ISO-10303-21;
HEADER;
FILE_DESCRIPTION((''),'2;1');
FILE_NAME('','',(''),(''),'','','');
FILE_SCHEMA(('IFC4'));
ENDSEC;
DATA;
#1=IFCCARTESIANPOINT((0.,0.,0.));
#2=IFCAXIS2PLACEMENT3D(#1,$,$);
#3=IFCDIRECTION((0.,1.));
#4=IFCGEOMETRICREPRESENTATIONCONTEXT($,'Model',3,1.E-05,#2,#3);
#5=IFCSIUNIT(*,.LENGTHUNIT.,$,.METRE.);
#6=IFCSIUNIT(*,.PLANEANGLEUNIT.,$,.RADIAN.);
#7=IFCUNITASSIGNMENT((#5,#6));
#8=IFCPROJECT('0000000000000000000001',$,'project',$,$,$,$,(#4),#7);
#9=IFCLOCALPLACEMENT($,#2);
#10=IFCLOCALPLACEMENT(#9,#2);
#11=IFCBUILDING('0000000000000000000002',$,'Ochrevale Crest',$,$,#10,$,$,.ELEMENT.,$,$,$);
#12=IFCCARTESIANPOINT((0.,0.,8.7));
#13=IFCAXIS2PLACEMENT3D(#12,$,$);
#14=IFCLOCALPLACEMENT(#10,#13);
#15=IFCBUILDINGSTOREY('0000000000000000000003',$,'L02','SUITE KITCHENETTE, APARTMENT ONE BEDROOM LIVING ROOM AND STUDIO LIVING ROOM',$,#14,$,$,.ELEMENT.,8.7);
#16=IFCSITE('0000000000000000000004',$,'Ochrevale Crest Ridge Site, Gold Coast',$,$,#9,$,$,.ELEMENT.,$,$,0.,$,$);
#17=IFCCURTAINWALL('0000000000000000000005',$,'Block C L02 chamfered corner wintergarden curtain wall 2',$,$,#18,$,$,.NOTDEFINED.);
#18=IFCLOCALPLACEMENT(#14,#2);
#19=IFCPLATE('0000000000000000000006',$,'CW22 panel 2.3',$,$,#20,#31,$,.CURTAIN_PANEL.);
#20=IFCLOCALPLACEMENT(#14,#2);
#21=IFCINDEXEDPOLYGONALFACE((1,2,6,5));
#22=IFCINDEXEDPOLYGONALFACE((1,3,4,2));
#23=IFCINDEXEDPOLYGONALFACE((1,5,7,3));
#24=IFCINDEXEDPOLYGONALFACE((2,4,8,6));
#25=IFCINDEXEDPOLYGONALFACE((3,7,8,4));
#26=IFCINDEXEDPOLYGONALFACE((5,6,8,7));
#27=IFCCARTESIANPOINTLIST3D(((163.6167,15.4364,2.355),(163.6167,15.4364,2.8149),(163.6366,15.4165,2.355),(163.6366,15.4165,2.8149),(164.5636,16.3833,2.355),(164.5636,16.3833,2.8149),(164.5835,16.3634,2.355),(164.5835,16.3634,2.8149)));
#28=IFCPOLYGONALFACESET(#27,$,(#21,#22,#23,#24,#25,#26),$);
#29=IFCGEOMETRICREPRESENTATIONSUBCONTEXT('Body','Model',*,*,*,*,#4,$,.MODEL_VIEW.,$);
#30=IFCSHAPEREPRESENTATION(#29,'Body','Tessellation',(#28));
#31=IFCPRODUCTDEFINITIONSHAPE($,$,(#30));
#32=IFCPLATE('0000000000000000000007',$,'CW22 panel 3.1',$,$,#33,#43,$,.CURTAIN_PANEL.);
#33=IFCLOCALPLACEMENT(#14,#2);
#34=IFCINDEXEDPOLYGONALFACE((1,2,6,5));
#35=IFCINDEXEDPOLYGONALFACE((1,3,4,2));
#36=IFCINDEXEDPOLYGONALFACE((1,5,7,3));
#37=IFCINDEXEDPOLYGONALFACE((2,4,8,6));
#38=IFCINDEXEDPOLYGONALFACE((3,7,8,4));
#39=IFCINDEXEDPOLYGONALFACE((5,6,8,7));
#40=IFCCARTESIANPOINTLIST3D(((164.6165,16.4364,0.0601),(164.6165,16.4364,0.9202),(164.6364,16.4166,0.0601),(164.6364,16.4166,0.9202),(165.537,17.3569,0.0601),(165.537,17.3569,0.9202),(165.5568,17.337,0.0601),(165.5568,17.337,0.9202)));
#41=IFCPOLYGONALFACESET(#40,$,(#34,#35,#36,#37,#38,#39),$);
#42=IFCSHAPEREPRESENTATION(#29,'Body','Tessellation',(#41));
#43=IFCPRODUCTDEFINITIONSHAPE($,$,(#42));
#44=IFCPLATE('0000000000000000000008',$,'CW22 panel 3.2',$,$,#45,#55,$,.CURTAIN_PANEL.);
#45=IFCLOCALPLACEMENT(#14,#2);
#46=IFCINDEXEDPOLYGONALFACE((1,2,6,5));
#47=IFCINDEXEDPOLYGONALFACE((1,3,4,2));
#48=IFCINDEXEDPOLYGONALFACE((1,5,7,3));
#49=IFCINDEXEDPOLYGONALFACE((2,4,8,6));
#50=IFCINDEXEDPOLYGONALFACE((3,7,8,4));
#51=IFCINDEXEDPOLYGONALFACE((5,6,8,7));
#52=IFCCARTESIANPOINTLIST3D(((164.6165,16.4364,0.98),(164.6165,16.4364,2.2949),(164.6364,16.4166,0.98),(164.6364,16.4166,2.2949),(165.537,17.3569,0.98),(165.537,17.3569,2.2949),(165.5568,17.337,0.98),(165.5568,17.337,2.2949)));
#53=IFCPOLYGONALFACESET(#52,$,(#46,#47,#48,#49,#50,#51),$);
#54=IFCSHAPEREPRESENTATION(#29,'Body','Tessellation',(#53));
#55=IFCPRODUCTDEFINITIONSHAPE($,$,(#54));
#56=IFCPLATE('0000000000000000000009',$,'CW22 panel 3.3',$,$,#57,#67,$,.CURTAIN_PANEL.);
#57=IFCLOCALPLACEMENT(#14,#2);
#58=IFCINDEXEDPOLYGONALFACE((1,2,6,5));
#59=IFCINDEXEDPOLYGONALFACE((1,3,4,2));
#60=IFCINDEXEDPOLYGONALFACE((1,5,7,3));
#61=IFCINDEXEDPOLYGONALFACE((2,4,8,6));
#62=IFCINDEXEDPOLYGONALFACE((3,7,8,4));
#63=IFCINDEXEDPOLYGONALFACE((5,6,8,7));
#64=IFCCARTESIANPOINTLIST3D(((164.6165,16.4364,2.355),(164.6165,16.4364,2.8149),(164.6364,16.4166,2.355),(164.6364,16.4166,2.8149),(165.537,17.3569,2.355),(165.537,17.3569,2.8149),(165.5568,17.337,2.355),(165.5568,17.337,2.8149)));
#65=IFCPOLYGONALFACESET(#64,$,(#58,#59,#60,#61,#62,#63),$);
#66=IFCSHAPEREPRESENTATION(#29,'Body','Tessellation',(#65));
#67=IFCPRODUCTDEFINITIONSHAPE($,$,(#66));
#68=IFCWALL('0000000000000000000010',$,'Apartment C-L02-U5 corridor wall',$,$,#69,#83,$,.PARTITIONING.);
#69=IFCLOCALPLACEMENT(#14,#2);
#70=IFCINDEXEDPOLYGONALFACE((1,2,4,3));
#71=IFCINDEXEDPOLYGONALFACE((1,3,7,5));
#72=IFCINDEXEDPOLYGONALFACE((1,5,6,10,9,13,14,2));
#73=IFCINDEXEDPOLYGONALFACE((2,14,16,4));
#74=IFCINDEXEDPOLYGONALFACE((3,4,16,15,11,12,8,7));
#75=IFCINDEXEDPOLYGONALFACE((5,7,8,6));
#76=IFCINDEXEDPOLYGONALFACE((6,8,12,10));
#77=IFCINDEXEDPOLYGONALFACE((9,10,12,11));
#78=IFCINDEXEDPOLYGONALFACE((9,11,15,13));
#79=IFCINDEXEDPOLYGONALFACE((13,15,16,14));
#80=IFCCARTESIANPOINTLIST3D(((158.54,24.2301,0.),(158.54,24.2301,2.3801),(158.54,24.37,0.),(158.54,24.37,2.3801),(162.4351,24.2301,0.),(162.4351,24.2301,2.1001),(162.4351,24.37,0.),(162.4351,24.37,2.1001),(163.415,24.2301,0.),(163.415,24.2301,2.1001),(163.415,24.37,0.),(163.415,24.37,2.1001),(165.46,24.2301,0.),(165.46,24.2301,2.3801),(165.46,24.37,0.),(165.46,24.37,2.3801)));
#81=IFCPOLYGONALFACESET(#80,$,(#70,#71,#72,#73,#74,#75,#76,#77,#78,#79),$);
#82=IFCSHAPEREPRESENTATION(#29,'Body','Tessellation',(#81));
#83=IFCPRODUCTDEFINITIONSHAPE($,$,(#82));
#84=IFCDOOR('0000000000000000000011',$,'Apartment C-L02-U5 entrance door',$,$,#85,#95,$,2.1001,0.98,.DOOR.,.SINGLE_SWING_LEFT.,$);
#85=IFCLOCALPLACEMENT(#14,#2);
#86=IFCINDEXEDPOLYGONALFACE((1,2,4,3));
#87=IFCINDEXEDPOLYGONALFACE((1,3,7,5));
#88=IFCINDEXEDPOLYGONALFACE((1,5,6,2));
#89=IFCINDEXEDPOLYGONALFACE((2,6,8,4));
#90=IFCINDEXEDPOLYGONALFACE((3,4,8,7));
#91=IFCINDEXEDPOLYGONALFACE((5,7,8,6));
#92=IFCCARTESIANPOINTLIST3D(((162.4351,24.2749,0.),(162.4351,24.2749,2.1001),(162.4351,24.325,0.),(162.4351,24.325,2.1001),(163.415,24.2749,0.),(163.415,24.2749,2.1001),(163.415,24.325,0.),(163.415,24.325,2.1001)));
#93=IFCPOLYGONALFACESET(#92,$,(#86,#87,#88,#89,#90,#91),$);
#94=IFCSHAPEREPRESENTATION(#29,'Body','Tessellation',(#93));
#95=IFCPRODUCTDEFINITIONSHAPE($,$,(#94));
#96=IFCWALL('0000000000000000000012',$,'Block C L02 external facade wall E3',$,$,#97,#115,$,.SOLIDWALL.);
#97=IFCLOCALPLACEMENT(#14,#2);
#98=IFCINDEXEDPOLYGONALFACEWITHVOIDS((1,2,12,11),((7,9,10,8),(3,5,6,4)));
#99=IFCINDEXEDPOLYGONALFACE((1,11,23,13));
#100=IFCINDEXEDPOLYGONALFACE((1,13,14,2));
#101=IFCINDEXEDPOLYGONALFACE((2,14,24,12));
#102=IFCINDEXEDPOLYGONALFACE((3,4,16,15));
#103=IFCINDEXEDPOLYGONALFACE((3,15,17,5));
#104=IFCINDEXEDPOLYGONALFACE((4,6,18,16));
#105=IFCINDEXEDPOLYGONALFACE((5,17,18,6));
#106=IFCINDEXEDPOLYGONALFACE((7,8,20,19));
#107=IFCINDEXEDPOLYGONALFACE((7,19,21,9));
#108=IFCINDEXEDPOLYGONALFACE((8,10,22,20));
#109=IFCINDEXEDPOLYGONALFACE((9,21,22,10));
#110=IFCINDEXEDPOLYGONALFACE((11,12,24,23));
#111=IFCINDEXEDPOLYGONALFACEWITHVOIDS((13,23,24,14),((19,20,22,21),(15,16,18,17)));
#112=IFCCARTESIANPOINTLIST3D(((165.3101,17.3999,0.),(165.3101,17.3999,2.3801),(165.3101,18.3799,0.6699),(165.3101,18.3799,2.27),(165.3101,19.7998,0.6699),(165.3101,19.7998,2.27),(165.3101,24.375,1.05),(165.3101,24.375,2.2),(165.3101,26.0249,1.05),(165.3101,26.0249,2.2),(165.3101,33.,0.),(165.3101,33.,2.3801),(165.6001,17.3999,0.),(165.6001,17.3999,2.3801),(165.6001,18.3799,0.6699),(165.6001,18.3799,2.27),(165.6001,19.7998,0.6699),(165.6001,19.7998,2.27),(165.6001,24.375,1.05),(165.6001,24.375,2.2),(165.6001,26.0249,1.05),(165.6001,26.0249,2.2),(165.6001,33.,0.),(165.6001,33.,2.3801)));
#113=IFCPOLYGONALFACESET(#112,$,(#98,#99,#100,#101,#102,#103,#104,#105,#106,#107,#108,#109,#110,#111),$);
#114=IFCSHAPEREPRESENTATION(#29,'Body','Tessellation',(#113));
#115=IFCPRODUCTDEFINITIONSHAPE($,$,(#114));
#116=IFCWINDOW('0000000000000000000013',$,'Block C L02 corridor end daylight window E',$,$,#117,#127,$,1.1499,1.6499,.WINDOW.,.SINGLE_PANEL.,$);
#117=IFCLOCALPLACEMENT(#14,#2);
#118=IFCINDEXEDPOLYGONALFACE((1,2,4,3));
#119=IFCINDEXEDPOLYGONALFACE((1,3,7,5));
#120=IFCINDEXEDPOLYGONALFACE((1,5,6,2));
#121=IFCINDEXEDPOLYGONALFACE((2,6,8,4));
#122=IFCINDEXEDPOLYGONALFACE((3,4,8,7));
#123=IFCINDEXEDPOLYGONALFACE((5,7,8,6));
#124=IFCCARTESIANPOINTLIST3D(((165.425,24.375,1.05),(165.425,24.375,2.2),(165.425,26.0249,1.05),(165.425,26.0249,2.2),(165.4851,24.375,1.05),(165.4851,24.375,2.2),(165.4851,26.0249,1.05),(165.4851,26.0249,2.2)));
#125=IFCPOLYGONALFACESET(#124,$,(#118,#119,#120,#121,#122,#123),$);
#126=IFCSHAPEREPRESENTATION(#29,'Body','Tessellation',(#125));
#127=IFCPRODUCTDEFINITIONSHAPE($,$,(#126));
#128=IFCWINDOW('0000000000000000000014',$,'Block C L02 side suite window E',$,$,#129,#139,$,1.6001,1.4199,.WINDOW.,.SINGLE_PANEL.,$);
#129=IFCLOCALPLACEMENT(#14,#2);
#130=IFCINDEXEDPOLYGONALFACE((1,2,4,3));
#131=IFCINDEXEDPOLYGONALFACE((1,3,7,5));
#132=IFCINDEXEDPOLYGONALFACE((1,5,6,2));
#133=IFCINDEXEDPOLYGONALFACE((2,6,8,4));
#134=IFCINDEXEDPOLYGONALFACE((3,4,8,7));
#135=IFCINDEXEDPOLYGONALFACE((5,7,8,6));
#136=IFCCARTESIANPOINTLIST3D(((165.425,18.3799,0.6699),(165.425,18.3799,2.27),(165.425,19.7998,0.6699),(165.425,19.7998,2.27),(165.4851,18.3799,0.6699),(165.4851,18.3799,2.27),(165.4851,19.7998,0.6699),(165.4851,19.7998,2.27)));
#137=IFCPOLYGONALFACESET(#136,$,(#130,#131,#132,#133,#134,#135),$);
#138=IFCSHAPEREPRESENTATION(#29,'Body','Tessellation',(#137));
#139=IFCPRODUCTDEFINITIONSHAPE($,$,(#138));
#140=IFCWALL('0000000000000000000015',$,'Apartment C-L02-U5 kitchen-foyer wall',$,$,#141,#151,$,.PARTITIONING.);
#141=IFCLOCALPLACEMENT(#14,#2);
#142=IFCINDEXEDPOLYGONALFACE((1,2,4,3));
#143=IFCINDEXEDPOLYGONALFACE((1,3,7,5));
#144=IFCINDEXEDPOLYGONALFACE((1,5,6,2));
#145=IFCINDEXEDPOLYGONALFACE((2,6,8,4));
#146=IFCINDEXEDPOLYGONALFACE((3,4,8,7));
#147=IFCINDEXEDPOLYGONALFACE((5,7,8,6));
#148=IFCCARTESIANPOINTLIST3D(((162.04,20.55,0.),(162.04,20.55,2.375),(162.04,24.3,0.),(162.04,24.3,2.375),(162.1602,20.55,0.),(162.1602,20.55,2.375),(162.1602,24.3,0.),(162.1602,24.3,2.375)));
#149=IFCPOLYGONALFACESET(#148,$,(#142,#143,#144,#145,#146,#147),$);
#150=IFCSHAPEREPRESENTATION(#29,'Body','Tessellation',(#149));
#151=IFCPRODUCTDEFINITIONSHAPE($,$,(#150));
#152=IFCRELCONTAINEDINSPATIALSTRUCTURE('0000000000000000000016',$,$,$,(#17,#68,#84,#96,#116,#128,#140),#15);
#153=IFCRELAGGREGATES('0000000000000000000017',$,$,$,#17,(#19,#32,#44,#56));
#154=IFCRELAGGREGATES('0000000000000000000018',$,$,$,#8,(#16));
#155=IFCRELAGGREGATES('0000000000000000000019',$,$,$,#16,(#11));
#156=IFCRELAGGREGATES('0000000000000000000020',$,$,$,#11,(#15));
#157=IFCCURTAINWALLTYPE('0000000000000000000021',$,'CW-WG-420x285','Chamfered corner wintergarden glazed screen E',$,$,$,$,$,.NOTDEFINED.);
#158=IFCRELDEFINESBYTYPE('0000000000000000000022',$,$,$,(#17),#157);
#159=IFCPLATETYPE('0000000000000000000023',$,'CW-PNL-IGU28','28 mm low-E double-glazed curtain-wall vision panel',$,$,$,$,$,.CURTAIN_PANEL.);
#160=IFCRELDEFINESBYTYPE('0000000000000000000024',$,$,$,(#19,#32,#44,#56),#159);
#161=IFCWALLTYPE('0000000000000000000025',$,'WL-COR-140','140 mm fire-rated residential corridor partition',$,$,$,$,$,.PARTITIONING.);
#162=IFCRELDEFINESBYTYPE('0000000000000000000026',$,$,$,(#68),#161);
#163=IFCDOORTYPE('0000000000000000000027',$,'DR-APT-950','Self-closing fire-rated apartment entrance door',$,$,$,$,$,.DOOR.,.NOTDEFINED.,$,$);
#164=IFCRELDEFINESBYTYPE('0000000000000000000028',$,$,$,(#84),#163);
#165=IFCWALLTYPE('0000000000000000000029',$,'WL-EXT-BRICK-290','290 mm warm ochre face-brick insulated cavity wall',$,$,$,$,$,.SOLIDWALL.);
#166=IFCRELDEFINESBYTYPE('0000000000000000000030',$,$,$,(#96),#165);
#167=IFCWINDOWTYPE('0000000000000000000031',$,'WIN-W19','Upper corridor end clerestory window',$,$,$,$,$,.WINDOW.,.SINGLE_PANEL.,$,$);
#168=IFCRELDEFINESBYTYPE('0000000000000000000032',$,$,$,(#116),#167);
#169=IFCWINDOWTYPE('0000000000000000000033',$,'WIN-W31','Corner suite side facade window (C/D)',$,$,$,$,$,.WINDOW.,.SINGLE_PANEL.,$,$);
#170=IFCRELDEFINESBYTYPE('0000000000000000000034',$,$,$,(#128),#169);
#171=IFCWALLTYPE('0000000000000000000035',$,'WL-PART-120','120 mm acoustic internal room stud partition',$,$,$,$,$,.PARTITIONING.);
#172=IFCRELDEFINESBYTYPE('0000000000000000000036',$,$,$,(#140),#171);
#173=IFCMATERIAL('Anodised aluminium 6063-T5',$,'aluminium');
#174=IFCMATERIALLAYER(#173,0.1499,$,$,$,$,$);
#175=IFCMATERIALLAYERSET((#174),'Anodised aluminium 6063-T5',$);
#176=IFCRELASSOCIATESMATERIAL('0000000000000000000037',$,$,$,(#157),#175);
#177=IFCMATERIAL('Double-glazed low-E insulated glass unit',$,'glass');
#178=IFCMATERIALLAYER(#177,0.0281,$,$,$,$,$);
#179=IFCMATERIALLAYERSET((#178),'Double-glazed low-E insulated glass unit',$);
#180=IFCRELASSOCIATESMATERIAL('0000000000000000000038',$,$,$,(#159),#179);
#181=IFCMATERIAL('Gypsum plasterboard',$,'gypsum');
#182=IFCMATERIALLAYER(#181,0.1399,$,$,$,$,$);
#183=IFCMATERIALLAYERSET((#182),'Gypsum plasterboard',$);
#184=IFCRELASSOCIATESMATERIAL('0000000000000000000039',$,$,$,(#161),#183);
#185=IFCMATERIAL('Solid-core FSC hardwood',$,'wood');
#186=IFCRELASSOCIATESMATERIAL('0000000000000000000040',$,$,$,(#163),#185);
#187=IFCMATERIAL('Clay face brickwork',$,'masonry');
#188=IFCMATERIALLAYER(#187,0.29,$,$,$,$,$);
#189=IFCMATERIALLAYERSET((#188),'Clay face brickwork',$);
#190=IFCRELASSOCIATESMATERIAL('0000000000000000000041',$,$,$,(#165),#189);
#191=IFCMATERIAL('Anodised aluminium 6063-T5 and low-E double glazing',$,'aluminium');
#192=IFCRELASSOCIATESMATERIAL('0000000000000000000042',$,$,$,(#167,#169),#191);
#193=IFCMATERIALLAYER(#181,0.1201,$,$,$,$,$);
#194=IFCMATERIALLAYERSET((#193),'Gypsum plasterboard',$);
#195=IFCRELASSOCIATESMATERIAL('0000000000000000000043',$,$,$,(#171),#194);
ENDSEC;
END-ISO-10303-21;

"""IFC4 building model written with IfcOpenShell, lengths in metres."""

from ifc_helpers import new_model, si_unit, direction, frame, frame_2d, origin, origin_2d, place, context, subcontext, project, spatial, rectangle, extrude, material, layer, layer_set, type_object, element, fill, aggregate, save


model = new_model("IFC4")

# Units and contexts
model_context = context("Model", 3, precision=1e-05, world=origin(), true_north=direction((0.0, 1.0)))
body_context = subcontext(model_context, "Body", "Model", "MODEL_VIEW")
ifc_project = project(units=[si_unit("LENGTHUNIT", "METRE"), si_unit("PLANEANGLEUNIT", "RADIAN")], contexts=[model_context])

# Site, building, storey
site_placement = place(None, origin())
site = spatial("IfcSite", under=ifc_project, at=site_placement, Name="Ochrevale Crest Ridge Site, Gold Coast", CompositionType="ELEMENT", RefElevation=0.0)
building_placement = place(site_placement, origin())
building = spatial("IfcBuilding", under=site, at=building_placement, Name="Ochrevale Crest", CompositionType="ELEMENT")
storey_placement = place(building_placement, frame((0.0, 0.0, 8.7)))
storey = spatial("IfcBuildingStorey", under=building, at=storey_placement, Name="L02", Description="SUITE KITCHENETTE, APARTMENT ONE BEDROOM LIVING ROOM AND STUDIO LIVING ROOM", CompositionType="ELEMENT", Elevation=8.7)

# Curtain wall, plates
ifc_material_1 = material(Name="Anodised aluminium 6063-T5", Category="aluminium")
ifc_layer_1 = layer(ifc_material_1, 0.1499)
ifc_layer_set_1 = layer_set([ifc_layer_1], Name="Anodised aluminium 6063-T5")
curtain_wall_type = type_object("IfcCurtainWallType", Name="CW-WG-420x285", Description="Chamfered corner wintergarden glazed screen E", PredefinedType="NOTDEFINED", material=ifc_layer_set_1)
curtain_wall_placement = place(storey_placement, origin())
curtain_wall = element("IfcCurtainWall", 1, at=curtain_wall_placement, inside=storey, type_object=curtain_wall_type, Name="Block C L02 chamfered corner wintergarden curtain wall 2", PredefinedType="NOTDEFINED")
ifc_material_2 = material(Name="Double-glazed low-E insulated glass unit", Category="glass")
ifc_layer_2 = layer(ifc_material_2, 0.0281)
ifc_layer_set_2 = layer_set([ifc_layer_2], Name="Double-glazed low-E insulated glass unit")
plate_type = type_object("IfcPlateType", Name="CW-PNL-IGU28", Description="28 mm low-E double-glazed curtain-wall vision panel", PredefinedType="CURTAIN_PANEL", material=ifc_layer_set_2)
plate_1_placement = place(storey_placement, frame((164.1001, 15.8999, 2.355), z_axis=(0.0, 0.0, 1.0), x_axis=(0.707107, 0.707107, 0.0)))
plate_1 = element("IfcPlate", 2, at=plate_1_placement, type_object=plate_type, Name="CW22 panel 2.3", PredefinedType="CURTAIN_PANEL", context=body_context, shape_type="SweptSolid", body=[
    extrude(rectangle(XDim=1.3391, YDim=0.0281, at=origin_2d()), origin(), (0.0, 0.0, 1.0), 0.46),
])
plate_2_placement = place(storey_placement, frame((165.0867, 16.8867, 0.0601), z_axis=(0.0, 0.0, 1.0), x_axis=(0.707107, 0.707107, 0.0)))
plate_2 = element("IfcPlate", 3, at=plate_2_placement, type_object=plate_type, Name="CW22 panel 3.1", PredefinedType="CURTAIN_PANEL", context=body_context, shape_type="SweptSolid", body=[
    extrude(rectangle(XDim=1.3018, YDim=0.0281, at=origin_2d()), origin(), (0.0, 0.0, 1.0), 0.8601),
])
plate_3_placement = place(storey_placement, frame((165.0867, 16.8867, 0.98), z_axis=(0.0, 0.0, 1.0), x_axis=(0.707107, 0.707107, 0.0)))
plate_3 = element("IfcPlate", 4, at=plate_3_placement, type_object=plate_type, Name="CW22 panel 3.2", PredefinedType="CURTAIN_PANEL", context=body_context, shape_type="SweptSolid", body=[
    extrude(rectangle(XDim=1.3018, YDim=0.0281, at=origin_2d()), origin(), (0.0, 0.0, 1.0), 1.3149),
])
plate_4_placement = place(storey_placement, frame((165.0867, 16.8867, 2.355), z_axis=(0.0, 0.0, 1.0), x_axis=(0.707107, 0.707107, 0.0)))
plate_4 = element("IfcPlate", 5, at=plate_4_placement, type_object=plate_type, Name="CW22 panel 3.3", PredefinedType="CURTAIN_PANEL", context=body_context, shape_type="SweptSolid", body=[
    extrude(rectangle(XDim=1.3018, YDim=0.0281, at=origin_2d()), origin(), (0.0, 0.0, 1.0), 0.46),
])
aggregate(curtain_wall, [plate_1, plate_2, plate_3, plate_4])

# Wall, opening, door
ifc_material_3 = material(Name="Gypsum plasterboard", Category="gypsum")
ifc_layer_3 = layer(ifc_material_3, 0.1399)
ifc_layer_set_3 = layer_set([ifc_layer_3], Name="Gypsum plasterboard")
wall_type_1 = type_object("IfcWallType", Name="WL-COR-140", Description="140 mm fire-rated residential corridor partition", PredefinedType="PARTITIONING", material=ifc_layer_set_3)
wall_1_placement = place(storey_placement, frame((158.54, 24.3, 0.0), z_axis=(0.0, 0.0, 1.0), x_axis=(1.0, 0.0, 0.0)))
wall_1 = element("IfcWall", 6, at=wall_1_placement, inside=storey, type_object=wall_type_1, Name="Apartment C-L02-U5 corridor wall", PredefinedType="PARTITIONING", context=body_context, shape_type="SweptSolid", body=[
    extrude(rectangle(XDim=6.9199, YDim=0.1399, at=frame_2d((3.46, 0.0))), origin(), (0.0, 0.0, 1.0), 2.3801),
])
opening_1_placement = place(wall_1_placement, frame((3.895, 0.0, 0.0)))
opening_1 = element("IfcOpeningElement", 7, at=opening_1_placement, cuts=wall_1, PredefinedType="OPENING", context=body_context, shape_type="SweptSolid", body=[
    extrude(rectangle(XDim=0.98, YDim=2.1001, at=frame_2d((0.49, 1.05))), frame((0.0, 0.0801, 0.0), z_axis=(0.0, -1.0, 0.0), x_axis=(1.0, 0.0, 0.0)), (0.0, 0.0, 1.0), 0.1599),
])
ifc_material_4 = material(Name="Solid-core FSC hardwood", Category="wood")
door_type_1 = type_object("IfcDoorType", Name="DR-APT-950", Description="Self-closing fire-rated apartment entrance door", OperationType="NOTDEFINED", PredefinedType="DOOR", material=ifc_material_4)
door_1_placement = place(opening_1_placement, origin())
door_1 = element("IfcDoor", 8, at=door_1_placement, inside=storey, type_object=door_type_1, Name="Apartment C-L02-U5 entrance door", OperationType="SINGLE_SWING_LEFT", OverallHeight=2.1001, OverallWidth=0.98, PredefinedType="DOOR", context=body_context, shape_type="SweptSolid", body=[
    extrude(rectangle(XDim=0.98, YDim=2.1001, at=frame_2d((0.49, 1.05))), frame((0.0, 0.0249, 0.0), z_axis=(0.0, -1.0, 0.0), x_axis=(1.0, 0.0, 0.0)), (0.0, 0.0, 1.0), 0.05),
])
fill(opening_1, door_1)

# Wall, openings, windows
ifc_material_5 = material(Name="Clay face brickwork", Category="masonry")
ifc_layer_4 = layer(ifc_material_5, 0.29)
ifc_layer_set_4 = layer_set([ifc_layer_4], Name="Clay face brickwork")
wall_type_2 = type_object("IfcWallType", Name="WL-EXT-BRICK-290", Description="290 mm warm ochre face-brick insulated cavity wall", PredefinedType="SOLIDWALL", material=ifc_layer_set_4)
wall_2_placement = place(storey_placement, frame((165.4551, 17.3999, 0.0), z_axis=(0.0, 0.0, 1.0), x_axis=(0.0, 1.0, 0.0)))
wall_2 = element("IfcWall", 9, at=wall_2_placement, inside=storey, type_object=wall_type_2, Name="Block C L02 external facade wall E3", PredefinedType="SOLIDWALL", context=body_context, shape_type="SweptSolid", body=[
    extrude(rectangle(XDim=15.6001, YDim=0.29, at=frame_2d((7.8, 0.0))), origin(), (0.0, 0.0, 1.0), 2.3801),
])
opening_2_placement = place(wall_2_placement, frame((6.9751, 0.0, 1.05)))
opening_2 = element("IfcOpeningElement", 10, at=opening_2_placement, cuts=wall_2, PredefinedType="OPENING", context=body_context, shape_type="SweptSolid", body=[
    extrude(rectangle(XDim=1.6499, YDim=1.1499, at=frame_2d((0.825, 0.575))), frame((0.0, 0.155, 0.0), z_axis=(0.0, -1.0, 0.0), x_axis=(1.0, 0.0, 0.0)), (0.0, 0.0, 1.0), 0.3101),
])
opening_3_placement = place(wall_2_placement, frame((0.98, 0.0, 0.6699)))
opening_3 = element("IfcOpeningElement", 11, at=opening_3_placement, cuts=wall_2, PredefinedType="OPENING", context=body_context, shape_type="SweptSolid", body=[
    extrude(rectangle(XDim=1.4199, YDim=1.6001, at=frame_2d((0.71, 0.8))), frame((0.0, 0.155, 0.0), z_axis=(0.0, -1.0, 0.0), x_axis=(1.0, 0.0, 0.0)), (0.0, 0.0, 1.0), 0.3101),
])
ifc_material_6 = material(Name="Anodised aluminium 6063-T5 and low-E double glazing", Category="aluminium")
window_type_1 = type_object("IfcWindowType", Name="WIN-W19", Description="Upper corridor end clerestory window", PartitioningType="SINGLE_PANEL", PredefinedType="WINDOW", material=ifc_material_6)
window_1_placement = place(opening_2_placement, origin())
window_1 = element("IfcWindow", 12, at=window_1_placement, inside=storey, type_object=window_type_1, Name="Block C L02 corridor end daylight window E", OverallHeight=1.1499, OverallWidth=1.6499, PartitioningType="SINGLE_PANEL", PredefinedType="WINDOW", context=body_context, shape_type="SweptSolid", body=[
    extrude(rectangle(XDim=1.6499, YDim=1.1499, at=frame_2d((0.825, 0.575))), frame((0.0, 0.03, 0.0), z_axis=(0.0, -1.0, 0.0), x_axis=(1.0, 0.0, 0.0)), (0.0, 0.0, 1.0), 0.0601),
])
fill(opening_2, window_1)
window_type_2 = type_object("IfcWindowType", Name="WIN-W31", Description="Corner suite side facade window (C/D)", PartitioningType="SINGLE_PANEL", PredefinedType="WINDOW", material=ifc_material_6)
window_2_placement = place(opening_3_placement, origin())
window_2 = element("IfcWindow", 13, at=window_2_placement, inside=storey, type_object=window_type_2, Name="Block C L02 side suite window E", OverallHeight=1.6001, OverallWidth=1.4199, PartitioningType="SINGLE_PANEL", PredefinedType="WINDOW", context=body_context, shape_type="SweptSolid", body=[
    extrude(rectangle(XDim=1.4199, YDim=1.6001, at=frame_2d((0.71, 0.8))), frame((0.0, 0.03, 0.0), z_axis=(0.0, -1.0, 0.0), x_axis=(1.0, 0.0, 0.0)), (0.0, 0.0, 1.0), 0.0601),
])
fill(opening_3, window_2)

# Wall
ifc_layer_5 = layer(ifc_material_3, 0.1201)
ifc_layer_set_5 = layer_set([ifc_layer_5], Name="Gypsum plasterboard")
wall_type_3 = type_object("IfcWallType", Name="WL-PART-120", Description="120 mm acoustic internal room stud partition", PredefinedType="PARTITIONING", material=ifc_layer_set_5)
wall_3_placement = place(storey_placement, frame((162.1001, 20.55, 0.0), z_axis=(0.0, 0.0, 1.0), x_axis=(0.0, 1.0, 0.0)))
element("IfcWall", 14, at=wall_3_placement, inside=storey, type_object=wall_type_3, Name="Apartment C-L02-U5 kitchen-foyer wall", PredefinedType="PARTITIONING", context=body_context, shape_type="SweptSolid", body=[
    extrude(rectangle(XDim=3.75, YDim=0.1201, at=frame_2d((1.875, 0.0))), origin(), (0.0, 0.0, 1.0), 2.375),
])

save(model, "model.ifc")
